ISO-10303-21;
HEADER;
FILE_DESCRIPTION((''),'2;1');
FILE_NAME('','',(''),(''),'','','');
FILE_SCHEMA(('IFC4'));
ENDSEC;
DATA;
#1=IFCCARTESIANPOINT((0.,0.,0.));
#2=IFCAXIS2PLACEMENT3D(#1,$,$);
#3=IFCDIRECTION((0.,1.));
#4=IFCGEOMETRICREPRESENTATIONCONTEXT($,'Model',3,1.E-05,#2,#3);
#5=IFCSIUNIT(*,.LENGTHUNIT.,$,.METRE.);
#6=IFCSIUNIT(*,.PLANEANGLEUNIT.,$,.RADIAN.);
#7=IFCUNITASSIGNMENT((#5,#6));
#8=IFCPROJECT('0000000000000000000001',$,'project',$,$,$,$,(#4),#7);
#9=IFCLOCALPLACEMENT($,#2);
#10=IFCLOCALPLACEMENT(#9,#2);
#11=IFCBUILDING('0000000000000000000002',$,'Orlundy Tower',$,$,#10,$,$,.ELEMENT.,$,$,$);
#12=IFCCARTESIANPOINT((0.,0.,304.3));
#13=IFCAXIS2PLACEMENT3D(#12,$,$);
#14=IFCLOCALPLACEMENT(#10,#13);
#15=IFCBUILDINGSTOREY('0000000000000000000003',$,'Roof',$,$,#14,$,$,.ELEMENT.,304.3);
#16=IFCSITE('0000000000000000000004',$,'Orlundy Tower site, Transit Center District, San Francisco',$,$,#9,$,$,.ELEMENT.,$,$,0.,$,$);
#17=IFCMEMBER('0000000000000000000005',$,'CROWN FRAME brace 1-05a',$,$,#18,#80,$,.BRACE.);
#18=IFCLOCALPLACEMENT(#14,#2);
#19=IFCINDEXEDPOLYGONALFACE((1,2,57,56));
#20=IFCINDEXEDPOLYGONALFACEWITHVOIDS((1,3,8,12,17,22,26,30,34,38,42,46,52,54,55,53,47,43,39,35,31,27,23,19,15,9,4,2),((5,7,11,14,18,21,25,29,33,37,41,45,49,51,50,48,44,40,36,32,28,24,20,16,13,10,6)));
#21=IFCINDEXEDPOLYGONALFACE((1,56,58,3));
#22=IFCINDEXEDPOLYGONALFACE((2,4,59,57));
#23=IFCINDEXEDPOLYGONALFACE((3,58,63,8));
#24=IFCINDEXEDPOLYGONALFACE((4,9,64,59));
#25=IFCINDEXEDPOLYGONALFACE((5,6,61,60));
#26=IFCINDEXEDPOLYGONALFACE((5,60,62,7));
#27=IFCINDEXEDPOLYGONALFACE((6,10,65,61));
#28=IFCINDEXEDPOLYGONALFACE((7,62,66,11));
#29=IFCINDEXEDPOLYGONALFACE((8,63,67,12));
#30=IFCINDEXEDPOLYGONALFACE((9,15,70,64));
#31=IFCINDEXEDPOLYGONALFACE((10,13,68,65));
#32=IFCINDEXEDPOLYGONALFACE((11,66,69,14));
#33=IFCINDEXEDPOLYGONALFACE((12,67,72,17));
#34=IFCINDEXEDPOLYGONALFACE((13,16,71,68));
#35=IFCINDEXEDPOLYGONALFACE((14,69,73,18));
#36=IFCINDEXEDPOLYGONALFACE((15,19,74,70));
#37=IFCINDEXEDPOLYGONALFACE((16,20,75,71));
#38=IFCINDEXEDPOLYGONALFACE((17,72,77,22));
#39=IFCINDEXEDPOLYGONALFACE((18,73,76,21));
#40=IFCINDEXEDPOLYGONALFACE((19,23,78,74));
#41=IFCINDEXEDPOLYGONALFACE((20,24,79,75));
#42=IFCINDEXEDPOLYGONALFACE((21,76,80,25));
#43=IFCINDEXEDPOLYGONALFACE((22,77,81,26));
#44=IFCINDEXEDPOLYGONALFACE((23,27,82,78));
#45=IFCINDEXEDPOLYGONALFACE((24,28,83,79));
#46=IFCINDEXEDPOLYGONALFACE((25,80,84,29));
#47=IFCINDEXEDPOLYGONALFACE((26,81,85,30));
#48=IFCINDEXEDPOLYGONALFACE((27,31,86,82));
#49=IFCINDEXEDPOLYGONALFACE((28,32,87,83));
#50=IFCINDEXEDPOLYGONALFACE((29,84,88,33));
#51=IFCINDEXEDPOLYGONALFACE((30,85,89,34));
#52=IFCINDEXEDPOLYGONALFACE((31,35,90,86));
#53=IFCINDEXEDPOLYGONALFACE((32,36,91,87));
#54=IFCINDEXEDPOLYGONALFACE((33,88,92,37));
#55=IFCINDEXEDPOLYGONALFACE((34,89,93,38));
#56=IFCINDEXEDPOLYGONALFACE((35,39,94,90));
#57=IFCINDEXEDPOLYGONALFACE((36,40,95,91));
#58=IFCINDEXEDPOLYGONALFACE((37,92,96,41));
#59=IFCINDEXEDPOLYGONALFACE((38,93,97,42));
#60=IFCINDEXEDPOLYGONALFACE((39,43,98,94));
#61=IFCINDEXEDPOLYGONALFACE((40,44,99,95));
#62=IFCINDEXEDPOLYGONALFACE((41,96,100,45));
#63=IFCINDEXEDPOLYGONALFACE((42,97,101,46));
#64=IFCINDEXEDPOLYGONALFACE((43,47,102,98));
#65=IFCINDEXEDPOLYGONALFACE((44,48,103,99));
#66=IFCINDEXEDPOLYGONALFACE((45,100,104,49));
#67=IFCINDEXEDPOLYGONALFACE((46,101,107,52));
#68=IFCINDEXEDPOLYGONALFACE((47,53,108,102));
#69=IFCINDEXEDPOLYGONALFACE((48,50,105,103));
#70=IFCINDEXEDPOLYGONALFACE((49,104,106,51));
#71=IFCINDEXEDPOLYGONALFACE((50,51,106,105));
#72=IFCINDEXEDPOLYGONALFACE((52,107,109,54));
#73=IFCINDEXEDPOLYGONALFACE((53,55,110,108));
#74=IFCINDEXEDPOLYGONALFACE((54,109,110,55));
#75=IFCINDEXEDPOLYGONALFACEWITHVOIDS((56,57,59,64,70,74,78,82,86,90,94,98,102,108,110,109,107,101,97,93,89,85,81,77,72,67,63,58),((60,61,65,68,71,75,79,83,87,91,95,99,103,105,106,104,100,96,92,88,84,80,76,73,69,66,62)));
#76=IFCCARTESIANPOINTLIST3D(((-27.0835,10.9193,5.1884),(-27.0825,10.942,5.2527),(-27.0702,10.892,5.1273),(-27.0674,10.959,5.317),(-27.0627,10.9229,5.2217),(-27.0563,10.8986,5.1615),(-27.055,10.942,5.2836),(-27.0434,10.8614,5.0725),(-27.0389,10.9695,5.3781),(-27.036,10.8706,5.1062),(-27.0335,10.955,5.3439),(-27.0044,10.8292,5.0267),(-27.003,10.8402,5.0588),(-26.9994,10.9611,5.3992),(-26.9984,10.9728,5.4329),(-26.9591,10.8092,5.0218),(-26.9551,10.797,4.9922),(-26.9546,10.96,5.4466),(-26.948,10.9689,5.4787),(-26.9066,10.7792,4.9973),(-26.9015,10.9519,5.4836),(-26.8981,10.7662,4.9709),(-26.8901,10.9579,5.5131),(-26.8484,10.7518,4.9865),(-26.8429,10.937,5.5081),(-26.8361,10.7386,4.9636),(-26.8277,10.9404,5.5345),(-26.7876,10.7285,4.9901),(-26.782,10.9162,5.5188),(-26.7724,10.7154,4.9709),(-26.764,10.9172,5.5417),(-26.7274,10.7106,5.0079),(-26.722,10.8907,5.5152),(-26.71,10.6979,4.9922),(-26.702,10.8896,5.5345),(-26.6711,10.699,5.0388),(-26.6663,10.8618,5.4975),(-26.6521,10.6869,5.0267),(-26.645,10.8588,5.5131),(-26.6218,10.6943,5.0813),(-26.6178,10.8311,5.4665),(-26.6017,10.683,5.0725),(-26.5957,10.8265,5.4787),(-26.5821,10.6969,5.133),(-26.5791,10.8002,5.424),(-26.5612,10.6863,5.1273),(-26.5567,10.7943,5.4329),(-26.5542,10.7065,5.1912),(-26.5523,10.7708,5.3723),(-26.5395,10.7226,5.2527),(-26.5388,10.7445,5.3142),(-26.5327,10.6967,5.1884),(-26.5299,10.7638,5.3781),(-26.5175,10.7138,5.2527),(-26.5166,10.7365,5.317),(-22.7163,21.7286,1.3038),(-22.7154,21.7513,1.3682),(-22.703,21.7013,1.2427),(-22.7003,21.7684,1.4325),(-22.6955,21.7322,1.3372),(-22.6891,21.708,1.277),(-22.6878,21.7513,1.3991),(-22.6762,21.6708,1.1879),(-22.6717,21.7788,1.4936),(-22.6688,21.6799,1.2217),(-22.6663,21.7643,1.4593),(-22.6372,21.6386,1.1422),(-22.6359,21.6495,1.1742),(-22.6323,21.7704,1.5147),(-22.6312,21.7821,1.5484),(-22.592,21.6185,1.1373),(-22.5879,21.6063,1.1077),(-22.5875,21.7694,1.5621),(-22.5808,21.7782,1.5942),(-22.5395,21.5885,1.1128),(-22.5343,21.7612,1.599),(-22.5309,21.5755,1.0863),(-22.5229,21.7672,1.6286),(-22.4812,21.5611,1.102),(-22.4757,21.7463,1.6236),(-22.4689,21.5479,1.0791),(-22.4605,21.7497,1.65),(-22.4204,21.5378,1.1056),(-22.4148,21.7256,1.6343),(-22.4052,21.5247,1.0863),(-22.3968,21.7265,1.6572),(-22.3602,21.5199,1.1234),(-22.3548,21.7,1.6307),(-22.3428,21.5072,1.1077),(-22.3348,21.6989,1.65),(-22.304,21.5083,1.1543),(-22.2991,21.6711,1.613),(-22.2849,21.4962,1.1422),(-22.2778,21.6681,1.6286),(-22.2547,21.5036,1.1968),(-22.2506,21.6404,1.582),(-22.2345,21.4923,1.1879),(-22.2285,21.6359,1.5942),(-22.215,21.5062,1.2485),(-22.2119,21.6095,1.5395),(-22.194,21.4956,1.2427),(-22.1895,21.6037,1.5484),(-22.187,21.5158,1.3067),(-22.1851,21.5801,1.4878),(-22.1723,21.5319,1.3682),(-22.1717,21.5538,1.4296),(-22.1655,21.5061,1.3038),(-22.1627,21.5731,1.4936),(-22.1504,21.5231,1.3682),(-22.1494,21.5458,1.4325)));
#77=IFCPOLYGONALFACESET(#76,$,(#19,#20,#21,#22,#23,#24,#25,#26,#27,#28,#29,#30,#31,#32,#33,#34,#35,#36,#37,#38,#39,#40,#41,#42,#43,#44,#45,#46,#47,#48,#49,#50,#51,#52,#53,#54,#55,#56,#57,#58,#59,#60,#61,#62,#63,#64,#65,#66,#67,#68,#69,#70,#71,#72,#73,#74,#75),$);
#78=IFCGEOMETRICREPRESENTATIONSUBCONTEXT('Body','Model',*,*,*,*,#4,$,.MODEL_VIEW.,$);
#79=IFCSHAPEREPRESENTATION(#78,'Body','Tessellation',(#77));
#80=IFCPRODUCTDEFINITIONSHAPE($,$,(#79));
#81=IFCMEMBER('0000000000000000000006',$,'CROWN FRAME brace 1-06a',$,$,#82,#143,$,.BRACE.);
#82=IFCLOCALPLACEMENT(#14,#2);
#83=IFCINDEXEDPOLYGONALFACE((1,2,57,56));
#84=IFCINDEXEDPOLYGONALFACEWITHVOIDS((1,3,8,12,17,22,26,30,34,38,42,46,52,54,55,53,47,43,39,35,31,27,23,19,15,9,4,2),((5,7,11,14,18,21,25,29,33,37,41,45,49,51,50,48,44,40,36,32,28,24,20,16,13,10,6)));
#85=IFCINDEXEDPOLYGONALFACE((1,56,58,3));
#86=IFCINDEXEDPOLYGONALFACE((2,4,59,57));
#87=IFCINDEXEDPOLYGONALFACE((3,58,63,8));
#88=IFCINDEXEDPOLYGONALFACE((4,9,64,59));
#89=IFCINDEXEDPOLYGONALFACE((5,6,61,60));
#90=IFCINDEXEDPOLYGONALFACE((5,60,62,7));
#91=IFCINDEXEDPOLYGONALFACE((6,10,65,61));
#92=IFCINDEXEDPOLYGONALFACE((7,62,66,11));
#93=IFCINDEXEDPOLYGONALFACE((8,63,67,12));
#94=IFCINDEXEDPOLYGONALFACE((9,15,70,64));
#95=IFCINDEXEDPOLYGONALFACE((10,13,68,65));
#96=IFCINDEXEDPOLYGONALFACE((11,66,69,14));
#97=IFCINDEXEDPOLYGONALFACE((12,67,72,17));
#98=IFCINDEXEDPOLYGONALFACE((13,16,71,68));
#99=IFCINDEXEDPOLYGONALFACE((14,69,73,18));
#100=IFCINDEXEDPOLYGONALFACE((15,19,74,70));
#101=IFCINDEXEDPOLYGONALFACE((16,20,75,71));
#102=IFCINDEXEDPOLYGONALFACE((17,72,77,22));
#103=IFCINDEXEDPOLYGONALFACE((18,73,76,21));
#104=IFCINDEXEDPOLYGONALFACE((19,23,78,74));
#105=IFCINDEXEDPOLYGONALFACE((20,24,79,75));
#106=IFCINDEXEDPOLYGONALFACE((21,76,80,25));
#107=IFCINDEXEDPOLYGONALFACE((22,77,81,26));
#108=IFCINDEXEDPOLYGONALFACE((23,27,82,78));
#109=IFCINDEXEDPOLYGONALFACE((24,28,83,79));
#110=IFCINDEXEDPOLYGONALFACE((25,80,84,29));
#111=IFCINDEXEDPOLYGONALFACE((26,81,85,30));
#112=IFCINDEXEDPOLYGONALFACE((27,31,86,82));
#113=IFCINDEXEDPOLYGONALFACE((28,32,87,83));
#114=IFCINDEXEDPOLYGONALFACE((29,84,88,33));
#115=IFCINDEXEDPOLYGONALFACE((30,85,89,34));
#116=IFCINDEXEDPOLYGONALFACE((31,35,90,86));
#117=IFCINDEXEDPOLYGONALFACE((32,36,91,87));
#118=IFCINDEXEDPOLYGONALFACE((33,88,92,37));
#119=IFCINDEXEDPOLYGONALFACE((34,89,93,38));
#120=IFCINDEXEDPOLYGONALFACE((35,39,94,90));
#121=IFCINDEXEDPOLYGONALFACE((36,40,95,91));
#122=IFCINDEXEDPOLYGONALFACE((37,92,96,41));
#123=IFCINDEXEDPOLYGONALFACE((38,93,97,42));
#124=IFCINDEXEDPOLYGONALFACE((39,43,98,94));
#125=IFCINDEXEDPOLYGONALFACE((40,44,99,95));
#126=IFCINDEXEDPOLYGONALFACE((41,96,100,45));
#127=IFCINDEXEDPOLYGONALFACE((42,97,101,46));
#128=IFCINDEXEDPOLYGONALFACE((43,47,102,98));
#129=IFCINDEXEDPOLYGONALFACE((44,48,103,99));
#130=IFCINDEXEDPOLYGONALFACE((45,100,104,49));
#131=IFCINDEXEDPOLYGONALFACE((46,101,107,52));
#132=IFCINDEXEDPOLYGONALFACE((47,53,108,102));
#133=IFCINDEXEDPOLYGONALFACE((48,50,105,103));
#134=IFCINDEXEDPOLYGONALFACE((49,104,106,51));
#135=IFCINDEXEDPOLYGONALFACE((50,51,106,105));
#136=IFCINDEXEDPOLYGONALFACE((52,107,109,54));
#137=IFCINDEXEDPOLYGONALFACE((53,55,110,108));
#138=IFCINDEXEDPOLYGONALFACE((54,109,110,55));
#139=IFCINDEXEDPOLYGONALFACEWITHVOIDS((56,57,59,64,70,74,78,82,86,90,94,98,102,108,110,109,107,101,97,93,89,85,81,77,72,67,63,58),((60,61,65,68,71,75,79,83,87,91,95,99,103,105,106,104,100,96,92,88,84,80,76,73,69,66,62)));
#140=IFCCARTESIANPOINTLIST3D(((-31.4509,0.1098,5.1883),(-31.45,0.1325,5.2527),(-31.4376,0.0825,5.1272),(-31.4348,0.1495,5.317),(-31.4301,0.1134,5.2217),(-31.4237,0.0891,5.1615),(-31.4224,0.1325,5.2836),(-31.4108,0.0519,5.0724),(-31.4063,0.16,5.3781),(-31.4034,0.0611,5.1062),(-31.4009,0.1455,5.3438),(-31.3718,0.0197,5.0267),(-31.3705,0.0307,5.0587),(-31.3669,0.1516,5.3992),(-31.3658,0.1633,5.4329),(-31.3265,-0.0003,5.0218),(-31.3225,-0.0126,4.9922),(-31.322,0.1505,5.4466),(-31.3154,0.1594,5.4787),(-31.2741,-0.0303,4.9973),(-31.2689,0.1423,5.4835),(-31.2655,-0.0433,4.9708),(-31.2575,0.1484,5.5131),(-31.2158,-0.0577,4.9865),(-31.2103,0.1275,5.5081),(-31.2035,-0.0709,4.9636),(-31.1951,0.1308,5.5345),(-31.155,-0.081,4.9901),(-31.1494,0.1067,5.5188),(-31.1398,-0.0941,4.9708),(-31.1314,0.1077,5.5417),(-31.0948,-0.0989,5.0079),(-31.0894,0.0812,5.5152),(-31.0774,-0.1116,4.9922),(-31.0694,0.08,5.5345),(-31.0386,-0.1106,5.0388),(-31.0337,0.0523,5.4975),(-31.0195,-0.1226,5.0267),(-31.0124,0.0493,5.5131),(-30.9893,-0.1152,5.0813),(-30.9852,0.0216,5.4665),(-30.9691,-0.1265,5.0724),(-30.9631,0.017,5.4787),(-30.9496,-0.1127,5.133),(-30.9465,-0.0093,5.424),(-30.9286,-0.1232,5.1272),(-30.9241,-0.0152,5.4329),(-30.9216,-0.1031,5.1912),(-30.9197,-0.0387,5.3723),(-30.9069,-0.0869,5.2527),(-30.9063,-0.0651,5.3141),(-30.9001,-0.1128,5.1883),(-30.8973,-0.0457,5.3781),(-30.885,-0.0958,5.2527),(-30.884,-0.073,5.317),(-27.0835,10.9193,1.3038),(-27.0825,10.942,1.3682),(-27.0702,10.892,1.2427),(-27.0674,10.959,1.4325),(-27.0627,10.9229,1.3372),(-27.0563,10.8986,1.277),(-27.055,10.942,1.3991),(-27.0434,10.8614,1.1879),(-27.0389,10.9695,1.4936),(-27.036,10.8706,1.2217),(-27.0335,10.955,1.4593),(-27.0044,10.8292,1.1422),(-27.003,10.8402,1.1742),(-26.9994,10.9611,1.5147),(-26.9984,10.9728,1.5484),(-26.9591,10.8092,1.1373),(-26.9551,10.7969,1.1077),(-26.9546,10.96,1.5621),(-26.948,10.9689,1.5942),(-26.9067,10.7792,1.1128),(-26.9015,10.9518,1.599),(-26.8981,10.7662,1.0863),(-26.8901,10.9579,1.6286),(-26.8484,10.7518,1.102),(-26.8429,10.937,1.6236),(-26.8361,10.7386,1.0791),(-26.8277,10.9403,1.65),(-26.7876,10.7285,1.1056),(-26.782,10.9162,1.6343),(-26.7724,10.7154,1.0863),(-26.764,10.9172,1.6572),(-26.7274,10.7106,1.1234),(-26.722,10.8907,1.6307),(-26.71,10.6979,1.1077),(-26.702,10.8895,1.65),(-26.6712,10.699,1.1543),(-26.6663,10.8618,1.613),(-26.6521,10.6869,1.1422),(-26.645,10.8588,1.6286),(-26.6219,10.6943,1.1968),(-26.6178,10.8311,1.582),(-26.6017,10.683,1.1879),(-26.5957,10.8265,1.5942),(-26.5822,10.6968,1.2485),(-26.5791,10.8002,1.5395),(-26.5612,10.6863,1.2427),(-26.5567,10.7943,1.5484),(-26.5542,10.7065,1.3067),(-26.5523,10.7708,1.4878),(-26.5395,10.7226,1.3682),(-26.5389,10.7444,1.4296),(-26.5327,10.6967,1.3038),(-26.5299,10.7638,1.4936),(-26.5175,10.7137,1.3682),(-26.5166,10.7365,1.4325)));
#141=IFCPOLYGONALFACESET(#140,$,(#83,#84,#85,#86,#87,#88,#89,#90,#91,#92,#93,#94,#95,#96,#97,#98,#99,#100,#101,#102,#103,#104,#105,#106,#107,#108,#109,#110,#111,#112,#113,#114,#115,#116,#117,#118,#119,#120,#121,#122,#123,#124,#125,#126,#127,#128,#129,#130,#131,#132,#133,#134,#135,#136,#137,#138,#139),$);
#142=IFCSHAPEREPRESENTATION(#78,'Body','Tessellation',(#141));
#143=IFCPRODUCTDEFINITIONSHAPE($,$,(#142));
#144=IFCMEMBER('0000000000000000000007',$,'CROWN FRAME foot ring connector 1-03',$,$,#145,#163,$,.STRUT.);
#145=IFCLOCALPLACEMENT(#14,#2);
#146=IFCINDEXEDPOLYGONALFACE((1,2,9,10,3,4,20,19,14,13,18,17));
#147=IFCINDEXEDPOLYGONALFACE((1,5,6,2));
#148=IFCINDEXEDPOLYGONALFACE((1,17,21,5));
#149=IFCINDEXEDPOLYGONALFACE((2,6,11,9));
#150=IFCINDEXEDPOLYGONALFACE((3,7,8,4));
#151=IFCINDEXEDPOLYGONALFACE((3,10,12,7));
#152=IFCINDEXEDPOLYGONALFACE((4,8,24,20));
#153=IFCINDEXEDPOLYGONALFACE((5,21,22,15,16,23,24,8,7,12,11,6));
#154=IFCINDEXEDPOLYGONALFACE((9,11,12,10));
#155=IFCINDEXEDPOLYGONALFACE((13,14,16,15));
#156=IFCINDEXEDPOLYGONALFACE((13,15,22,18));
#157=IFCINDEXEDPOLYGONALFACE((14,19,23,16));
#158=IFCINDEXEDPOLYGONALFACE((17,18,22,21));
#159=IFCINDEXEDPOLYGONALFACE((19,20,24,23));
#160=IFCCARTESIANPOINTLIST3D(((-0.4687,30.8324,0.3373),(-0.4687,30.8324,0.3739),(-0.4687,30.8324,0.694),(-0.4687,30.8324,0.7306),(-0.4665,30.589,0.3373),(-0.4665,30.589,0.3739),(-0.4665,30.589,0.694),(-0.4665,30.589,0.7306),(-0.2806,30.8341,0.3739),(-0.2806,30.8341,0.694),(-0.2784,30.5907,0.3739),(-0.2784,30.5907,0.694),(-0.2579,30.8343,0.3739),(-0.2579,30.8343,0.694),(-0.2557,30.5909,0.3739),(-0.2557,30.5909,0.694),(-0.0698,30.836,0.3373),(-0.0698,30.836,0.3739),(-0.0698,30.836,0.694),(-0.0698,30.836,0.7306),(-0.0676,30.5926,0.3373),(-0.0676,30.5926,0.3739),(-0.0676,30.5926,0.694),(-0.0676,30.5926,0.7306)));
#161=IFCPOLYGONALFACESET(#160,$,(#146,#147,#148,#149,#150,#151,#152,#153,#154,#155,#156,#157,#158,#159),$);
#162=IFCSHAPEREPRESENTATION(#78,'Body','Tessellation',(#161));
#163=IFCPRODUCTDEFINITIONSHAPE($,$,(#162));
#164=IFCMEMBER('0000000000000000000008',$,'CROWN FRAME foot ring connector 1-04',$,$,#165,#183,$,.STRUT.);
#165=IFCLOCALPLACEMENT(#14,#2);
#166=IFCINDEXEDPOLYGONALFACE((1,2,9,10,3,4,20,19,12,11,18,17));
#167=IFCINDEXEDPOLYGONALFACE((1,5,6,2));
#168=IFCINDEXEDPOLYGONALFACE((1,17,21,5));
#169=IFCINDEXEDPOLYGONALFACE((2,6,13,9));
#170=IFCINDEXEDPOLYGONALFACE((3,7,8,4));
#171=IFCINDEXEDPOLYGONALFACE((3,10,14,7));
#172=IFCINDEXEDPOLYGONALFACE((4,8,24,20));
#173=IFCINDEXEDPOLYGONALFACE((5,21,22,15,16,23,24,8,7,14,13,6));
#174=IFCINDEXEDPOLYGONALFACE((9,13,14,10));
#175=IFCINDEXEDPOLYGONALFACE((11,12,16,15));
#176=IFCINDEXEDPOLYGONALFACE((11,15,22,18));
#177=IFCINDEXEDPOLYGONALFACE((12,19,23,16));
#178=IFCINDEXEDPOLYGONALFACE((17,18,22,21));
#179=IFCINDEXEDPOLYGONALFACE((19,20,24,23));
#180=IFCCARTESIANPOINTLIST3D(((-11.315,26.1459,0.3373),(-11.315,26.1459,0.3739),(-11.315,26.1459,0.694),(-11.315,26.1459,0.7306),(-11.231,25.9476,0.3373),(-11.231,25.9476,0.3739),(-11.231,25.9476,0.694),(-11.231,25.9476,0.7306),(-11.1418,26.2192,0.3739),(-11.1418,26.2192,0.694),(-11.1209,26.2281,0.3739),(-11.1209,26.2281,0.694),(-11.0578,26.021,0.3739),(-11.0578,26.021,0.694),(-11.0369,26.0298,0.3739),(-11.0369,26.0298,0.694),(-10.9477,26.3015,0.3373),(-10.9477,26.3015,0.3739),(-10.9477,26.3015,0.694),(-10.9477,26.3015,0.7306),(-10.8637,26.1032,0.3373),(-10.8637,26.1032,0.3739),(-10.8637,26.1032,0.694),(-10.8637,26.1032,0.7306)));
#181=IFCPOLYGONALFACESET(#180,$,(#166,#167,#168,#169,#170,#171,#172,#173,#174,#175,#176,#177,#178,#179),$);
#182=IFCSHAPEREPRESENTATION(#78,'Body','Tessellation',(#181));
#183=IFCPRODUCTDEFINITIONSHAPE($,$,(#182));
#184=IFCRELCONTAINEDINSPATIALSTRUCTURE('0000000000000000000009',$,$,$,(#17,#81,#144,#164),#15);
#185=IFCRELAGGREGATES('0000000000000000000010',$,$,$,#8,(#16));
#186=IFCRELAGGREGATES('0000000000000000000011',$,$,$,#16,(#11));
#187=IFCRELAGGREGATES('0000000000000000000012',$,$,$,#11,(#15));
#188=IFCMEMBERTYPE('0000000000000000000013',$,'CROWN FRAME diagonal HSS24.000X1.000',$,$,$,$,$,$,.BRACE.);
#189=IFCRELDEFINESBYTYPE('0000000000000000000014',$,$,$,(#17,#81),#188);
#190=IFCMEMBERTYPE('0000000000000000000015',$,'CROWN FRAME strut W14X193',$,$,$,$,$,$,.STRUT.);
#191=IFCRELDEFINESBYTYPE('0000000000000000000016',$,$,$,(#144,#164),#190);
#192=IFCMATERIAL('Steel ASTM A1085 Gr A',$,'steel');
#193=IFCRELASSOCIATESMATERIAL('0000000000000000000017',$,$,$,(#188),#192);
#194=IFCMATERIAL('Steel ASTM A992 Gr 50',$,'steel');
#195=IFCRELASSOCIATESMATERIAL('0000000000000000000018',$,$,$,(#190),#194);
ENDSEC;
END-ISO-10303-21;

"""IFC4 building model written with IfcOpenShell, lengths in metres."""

from ifc_helpers import new_model, si_unit, direction, frame, origin, origin_2d, place, context, subcontext, project, spatial, hollow_circle, i_section, extrude, material, material_profile, profile_set, type_object, element, save


model = new_model("IFC4")

# Units and contexts
model_context = context("Model", 3, precision=1e-05, world=origin(), true_north=direction((0.0, 1.0)))
body_context = subcontext(model_context, "Body", "Model", "MODEL_VIEW")
ifc_project = project(units=[si_unit("LENGTHUNIT", "METRE"), si_unit("PLANEANGLEUNIT", "RADIAN")], contexts=[model_context])

# Site, building, storey
site_placement = place(None, origin())
site = spatial("IfcSite", under=ifc_project, at=site_placement, Name="Orlundy Tower site, Transit Center District, San Francisco", CompositionType="ELEMENT", RefElevation=0.0)
building_placement = place(site_placement, origin())
building = spatial("IfcBuilding", under=site, at=building_placement, Name="Orlundy Tower", CompositionType="ELEMENT")
storey_placement = place(building_placement, frame((0.0, 0.0, 304.3)))
storey = spatial("IfcBuildingStorey", under=building, at=storey_placement, Name="Roof", CompositionType="ELEMENT", Elevation=304.3)

# Members
ifc_material_1 = material(Name="Steel ASTM A1085 Gr A", Category="steel")
ifc_material_profile_1 = material_profile(ifc_material_1, hollow_circle(Radius=0.3047, WallThickness=0.0237, at=origin_2d()), Name="HSS24.000X1.000")
ifc_profile_set_1 = profile_set([ifc_material_profile_1], Name="Steel ASTM A1085 Gr A")
member_type_1 = type_object("IfcMemberType", Name="CROWN FRAME diagonal HSS24.000X1.000", PredefinedType="BRACE", material=ifc_profile_set_1)
member_1_placement = place(storey_placement, frame((-22.4329, 21.6372, 1.3682), z_axis=(-0.355393, -0.879641, 0.316114), x_axis=(0.927186, -0.374602, 0.0)))
element("IfcMember", 1, at=member_1_placement, inside=storey, type_object=member_type_1, Name="CROWN FRAME brace 1-05a", PredefinedType="BRACE", context=body_context, shape_type="SweptSolid", body=[
    extrude(hollow_circle(Radius=0.3047, WallThickness=0.0237, at=origin_2d()), origin(), (0.0, 0.0, 1.0), 12.2883),
])
member_2_placement = place(storey_placement, frame((-26.8, 10.8279, 1.3682), z_axis=(-0.355404, -0.879639, 0.316107), x_axis=(0.927181, -0.374613, 0.0)))
element("IfcMember", 2, at=member_2_placement, inside=storey, type_object=member_type_1, Name="CROWN FRAME brace 1-06a", PredefinedType="BRACE", context=body_context, shape_type="SweptSolid", body=[
    extrude(hollow_circle(Radius=0.3047, WallThickness=0.0237, at=origin_2d()), origin(), (0.0, 0.0, 1.0), 12.2886),
])
ifc_material_2 = material(Name="Steel ASTM A992 Gr 50", Category="steel")
ifc_material_profile_2 = material_profile(ifc_material_2, i_section(OverallWidth=0.3989, OverallDepth=0.3933, WebThickness=0.0227, FlangeThickness=0.0366, at=origin_2d()), Name="W14X193")
ifc_profile_set_2 = profile_set([ifc_material_profile_2], Name="Steel ASTM A992 Gr 50")
member_type_2 = type_object("IfcMemberType", Name="CROWN FRAME strut W14X193", PredefinedType="STRUT", material=ifc_profile_set_2)
member_3_placement = place(storey_placement, frame((-0.2671, 30.5908, 0.5339), z_axis=(-0.009027, 0.999959, 0.0), x_axis=(-0.999959, -0.009027, 0.0)))
element("IfcMember", 3, at=member_3_placement, inside=storey, type_object=member_type_2, Name="CROWN FRAME foot ring connector 1-03", PredefinedType="STRUT", context=body_context, shape_type="SweptSolid", body=[
    extrude(i_section(OverallWidth=0.3989, OverallDepth=0.3933, WebThickness=0.0227, FlangeThickness=0.0366, at=origin_2d()), origin(), (0.0, 0.0, 1.0), 0.2434),
])
member_4_placement = place(storey_placement, frame((-11.0474, 26.0254, 0.5339), z_axis=(-0.390084, 0.920779, 0.0), x_axis=(-0.920779, -0.390084, 0.0)))
element("IfcMember", 4, at=member_4_placement, inside=storey, type_object=member_type_2, Name="CROWN FRAME foot ring connector 1-04", PredefinedType="STRUT", context=body_context, shape_type="SweptSolid", body=[
    extrude(i_section(OverallWidth=0.3989, OverallDepth=0.3933, WebThickness=0.0227, FlangeThickness=0.0366, at=origin_2d()), origin(), (0.0, 0.0, 1.0), 0.2153),
])

save(model, "model.ifc")
